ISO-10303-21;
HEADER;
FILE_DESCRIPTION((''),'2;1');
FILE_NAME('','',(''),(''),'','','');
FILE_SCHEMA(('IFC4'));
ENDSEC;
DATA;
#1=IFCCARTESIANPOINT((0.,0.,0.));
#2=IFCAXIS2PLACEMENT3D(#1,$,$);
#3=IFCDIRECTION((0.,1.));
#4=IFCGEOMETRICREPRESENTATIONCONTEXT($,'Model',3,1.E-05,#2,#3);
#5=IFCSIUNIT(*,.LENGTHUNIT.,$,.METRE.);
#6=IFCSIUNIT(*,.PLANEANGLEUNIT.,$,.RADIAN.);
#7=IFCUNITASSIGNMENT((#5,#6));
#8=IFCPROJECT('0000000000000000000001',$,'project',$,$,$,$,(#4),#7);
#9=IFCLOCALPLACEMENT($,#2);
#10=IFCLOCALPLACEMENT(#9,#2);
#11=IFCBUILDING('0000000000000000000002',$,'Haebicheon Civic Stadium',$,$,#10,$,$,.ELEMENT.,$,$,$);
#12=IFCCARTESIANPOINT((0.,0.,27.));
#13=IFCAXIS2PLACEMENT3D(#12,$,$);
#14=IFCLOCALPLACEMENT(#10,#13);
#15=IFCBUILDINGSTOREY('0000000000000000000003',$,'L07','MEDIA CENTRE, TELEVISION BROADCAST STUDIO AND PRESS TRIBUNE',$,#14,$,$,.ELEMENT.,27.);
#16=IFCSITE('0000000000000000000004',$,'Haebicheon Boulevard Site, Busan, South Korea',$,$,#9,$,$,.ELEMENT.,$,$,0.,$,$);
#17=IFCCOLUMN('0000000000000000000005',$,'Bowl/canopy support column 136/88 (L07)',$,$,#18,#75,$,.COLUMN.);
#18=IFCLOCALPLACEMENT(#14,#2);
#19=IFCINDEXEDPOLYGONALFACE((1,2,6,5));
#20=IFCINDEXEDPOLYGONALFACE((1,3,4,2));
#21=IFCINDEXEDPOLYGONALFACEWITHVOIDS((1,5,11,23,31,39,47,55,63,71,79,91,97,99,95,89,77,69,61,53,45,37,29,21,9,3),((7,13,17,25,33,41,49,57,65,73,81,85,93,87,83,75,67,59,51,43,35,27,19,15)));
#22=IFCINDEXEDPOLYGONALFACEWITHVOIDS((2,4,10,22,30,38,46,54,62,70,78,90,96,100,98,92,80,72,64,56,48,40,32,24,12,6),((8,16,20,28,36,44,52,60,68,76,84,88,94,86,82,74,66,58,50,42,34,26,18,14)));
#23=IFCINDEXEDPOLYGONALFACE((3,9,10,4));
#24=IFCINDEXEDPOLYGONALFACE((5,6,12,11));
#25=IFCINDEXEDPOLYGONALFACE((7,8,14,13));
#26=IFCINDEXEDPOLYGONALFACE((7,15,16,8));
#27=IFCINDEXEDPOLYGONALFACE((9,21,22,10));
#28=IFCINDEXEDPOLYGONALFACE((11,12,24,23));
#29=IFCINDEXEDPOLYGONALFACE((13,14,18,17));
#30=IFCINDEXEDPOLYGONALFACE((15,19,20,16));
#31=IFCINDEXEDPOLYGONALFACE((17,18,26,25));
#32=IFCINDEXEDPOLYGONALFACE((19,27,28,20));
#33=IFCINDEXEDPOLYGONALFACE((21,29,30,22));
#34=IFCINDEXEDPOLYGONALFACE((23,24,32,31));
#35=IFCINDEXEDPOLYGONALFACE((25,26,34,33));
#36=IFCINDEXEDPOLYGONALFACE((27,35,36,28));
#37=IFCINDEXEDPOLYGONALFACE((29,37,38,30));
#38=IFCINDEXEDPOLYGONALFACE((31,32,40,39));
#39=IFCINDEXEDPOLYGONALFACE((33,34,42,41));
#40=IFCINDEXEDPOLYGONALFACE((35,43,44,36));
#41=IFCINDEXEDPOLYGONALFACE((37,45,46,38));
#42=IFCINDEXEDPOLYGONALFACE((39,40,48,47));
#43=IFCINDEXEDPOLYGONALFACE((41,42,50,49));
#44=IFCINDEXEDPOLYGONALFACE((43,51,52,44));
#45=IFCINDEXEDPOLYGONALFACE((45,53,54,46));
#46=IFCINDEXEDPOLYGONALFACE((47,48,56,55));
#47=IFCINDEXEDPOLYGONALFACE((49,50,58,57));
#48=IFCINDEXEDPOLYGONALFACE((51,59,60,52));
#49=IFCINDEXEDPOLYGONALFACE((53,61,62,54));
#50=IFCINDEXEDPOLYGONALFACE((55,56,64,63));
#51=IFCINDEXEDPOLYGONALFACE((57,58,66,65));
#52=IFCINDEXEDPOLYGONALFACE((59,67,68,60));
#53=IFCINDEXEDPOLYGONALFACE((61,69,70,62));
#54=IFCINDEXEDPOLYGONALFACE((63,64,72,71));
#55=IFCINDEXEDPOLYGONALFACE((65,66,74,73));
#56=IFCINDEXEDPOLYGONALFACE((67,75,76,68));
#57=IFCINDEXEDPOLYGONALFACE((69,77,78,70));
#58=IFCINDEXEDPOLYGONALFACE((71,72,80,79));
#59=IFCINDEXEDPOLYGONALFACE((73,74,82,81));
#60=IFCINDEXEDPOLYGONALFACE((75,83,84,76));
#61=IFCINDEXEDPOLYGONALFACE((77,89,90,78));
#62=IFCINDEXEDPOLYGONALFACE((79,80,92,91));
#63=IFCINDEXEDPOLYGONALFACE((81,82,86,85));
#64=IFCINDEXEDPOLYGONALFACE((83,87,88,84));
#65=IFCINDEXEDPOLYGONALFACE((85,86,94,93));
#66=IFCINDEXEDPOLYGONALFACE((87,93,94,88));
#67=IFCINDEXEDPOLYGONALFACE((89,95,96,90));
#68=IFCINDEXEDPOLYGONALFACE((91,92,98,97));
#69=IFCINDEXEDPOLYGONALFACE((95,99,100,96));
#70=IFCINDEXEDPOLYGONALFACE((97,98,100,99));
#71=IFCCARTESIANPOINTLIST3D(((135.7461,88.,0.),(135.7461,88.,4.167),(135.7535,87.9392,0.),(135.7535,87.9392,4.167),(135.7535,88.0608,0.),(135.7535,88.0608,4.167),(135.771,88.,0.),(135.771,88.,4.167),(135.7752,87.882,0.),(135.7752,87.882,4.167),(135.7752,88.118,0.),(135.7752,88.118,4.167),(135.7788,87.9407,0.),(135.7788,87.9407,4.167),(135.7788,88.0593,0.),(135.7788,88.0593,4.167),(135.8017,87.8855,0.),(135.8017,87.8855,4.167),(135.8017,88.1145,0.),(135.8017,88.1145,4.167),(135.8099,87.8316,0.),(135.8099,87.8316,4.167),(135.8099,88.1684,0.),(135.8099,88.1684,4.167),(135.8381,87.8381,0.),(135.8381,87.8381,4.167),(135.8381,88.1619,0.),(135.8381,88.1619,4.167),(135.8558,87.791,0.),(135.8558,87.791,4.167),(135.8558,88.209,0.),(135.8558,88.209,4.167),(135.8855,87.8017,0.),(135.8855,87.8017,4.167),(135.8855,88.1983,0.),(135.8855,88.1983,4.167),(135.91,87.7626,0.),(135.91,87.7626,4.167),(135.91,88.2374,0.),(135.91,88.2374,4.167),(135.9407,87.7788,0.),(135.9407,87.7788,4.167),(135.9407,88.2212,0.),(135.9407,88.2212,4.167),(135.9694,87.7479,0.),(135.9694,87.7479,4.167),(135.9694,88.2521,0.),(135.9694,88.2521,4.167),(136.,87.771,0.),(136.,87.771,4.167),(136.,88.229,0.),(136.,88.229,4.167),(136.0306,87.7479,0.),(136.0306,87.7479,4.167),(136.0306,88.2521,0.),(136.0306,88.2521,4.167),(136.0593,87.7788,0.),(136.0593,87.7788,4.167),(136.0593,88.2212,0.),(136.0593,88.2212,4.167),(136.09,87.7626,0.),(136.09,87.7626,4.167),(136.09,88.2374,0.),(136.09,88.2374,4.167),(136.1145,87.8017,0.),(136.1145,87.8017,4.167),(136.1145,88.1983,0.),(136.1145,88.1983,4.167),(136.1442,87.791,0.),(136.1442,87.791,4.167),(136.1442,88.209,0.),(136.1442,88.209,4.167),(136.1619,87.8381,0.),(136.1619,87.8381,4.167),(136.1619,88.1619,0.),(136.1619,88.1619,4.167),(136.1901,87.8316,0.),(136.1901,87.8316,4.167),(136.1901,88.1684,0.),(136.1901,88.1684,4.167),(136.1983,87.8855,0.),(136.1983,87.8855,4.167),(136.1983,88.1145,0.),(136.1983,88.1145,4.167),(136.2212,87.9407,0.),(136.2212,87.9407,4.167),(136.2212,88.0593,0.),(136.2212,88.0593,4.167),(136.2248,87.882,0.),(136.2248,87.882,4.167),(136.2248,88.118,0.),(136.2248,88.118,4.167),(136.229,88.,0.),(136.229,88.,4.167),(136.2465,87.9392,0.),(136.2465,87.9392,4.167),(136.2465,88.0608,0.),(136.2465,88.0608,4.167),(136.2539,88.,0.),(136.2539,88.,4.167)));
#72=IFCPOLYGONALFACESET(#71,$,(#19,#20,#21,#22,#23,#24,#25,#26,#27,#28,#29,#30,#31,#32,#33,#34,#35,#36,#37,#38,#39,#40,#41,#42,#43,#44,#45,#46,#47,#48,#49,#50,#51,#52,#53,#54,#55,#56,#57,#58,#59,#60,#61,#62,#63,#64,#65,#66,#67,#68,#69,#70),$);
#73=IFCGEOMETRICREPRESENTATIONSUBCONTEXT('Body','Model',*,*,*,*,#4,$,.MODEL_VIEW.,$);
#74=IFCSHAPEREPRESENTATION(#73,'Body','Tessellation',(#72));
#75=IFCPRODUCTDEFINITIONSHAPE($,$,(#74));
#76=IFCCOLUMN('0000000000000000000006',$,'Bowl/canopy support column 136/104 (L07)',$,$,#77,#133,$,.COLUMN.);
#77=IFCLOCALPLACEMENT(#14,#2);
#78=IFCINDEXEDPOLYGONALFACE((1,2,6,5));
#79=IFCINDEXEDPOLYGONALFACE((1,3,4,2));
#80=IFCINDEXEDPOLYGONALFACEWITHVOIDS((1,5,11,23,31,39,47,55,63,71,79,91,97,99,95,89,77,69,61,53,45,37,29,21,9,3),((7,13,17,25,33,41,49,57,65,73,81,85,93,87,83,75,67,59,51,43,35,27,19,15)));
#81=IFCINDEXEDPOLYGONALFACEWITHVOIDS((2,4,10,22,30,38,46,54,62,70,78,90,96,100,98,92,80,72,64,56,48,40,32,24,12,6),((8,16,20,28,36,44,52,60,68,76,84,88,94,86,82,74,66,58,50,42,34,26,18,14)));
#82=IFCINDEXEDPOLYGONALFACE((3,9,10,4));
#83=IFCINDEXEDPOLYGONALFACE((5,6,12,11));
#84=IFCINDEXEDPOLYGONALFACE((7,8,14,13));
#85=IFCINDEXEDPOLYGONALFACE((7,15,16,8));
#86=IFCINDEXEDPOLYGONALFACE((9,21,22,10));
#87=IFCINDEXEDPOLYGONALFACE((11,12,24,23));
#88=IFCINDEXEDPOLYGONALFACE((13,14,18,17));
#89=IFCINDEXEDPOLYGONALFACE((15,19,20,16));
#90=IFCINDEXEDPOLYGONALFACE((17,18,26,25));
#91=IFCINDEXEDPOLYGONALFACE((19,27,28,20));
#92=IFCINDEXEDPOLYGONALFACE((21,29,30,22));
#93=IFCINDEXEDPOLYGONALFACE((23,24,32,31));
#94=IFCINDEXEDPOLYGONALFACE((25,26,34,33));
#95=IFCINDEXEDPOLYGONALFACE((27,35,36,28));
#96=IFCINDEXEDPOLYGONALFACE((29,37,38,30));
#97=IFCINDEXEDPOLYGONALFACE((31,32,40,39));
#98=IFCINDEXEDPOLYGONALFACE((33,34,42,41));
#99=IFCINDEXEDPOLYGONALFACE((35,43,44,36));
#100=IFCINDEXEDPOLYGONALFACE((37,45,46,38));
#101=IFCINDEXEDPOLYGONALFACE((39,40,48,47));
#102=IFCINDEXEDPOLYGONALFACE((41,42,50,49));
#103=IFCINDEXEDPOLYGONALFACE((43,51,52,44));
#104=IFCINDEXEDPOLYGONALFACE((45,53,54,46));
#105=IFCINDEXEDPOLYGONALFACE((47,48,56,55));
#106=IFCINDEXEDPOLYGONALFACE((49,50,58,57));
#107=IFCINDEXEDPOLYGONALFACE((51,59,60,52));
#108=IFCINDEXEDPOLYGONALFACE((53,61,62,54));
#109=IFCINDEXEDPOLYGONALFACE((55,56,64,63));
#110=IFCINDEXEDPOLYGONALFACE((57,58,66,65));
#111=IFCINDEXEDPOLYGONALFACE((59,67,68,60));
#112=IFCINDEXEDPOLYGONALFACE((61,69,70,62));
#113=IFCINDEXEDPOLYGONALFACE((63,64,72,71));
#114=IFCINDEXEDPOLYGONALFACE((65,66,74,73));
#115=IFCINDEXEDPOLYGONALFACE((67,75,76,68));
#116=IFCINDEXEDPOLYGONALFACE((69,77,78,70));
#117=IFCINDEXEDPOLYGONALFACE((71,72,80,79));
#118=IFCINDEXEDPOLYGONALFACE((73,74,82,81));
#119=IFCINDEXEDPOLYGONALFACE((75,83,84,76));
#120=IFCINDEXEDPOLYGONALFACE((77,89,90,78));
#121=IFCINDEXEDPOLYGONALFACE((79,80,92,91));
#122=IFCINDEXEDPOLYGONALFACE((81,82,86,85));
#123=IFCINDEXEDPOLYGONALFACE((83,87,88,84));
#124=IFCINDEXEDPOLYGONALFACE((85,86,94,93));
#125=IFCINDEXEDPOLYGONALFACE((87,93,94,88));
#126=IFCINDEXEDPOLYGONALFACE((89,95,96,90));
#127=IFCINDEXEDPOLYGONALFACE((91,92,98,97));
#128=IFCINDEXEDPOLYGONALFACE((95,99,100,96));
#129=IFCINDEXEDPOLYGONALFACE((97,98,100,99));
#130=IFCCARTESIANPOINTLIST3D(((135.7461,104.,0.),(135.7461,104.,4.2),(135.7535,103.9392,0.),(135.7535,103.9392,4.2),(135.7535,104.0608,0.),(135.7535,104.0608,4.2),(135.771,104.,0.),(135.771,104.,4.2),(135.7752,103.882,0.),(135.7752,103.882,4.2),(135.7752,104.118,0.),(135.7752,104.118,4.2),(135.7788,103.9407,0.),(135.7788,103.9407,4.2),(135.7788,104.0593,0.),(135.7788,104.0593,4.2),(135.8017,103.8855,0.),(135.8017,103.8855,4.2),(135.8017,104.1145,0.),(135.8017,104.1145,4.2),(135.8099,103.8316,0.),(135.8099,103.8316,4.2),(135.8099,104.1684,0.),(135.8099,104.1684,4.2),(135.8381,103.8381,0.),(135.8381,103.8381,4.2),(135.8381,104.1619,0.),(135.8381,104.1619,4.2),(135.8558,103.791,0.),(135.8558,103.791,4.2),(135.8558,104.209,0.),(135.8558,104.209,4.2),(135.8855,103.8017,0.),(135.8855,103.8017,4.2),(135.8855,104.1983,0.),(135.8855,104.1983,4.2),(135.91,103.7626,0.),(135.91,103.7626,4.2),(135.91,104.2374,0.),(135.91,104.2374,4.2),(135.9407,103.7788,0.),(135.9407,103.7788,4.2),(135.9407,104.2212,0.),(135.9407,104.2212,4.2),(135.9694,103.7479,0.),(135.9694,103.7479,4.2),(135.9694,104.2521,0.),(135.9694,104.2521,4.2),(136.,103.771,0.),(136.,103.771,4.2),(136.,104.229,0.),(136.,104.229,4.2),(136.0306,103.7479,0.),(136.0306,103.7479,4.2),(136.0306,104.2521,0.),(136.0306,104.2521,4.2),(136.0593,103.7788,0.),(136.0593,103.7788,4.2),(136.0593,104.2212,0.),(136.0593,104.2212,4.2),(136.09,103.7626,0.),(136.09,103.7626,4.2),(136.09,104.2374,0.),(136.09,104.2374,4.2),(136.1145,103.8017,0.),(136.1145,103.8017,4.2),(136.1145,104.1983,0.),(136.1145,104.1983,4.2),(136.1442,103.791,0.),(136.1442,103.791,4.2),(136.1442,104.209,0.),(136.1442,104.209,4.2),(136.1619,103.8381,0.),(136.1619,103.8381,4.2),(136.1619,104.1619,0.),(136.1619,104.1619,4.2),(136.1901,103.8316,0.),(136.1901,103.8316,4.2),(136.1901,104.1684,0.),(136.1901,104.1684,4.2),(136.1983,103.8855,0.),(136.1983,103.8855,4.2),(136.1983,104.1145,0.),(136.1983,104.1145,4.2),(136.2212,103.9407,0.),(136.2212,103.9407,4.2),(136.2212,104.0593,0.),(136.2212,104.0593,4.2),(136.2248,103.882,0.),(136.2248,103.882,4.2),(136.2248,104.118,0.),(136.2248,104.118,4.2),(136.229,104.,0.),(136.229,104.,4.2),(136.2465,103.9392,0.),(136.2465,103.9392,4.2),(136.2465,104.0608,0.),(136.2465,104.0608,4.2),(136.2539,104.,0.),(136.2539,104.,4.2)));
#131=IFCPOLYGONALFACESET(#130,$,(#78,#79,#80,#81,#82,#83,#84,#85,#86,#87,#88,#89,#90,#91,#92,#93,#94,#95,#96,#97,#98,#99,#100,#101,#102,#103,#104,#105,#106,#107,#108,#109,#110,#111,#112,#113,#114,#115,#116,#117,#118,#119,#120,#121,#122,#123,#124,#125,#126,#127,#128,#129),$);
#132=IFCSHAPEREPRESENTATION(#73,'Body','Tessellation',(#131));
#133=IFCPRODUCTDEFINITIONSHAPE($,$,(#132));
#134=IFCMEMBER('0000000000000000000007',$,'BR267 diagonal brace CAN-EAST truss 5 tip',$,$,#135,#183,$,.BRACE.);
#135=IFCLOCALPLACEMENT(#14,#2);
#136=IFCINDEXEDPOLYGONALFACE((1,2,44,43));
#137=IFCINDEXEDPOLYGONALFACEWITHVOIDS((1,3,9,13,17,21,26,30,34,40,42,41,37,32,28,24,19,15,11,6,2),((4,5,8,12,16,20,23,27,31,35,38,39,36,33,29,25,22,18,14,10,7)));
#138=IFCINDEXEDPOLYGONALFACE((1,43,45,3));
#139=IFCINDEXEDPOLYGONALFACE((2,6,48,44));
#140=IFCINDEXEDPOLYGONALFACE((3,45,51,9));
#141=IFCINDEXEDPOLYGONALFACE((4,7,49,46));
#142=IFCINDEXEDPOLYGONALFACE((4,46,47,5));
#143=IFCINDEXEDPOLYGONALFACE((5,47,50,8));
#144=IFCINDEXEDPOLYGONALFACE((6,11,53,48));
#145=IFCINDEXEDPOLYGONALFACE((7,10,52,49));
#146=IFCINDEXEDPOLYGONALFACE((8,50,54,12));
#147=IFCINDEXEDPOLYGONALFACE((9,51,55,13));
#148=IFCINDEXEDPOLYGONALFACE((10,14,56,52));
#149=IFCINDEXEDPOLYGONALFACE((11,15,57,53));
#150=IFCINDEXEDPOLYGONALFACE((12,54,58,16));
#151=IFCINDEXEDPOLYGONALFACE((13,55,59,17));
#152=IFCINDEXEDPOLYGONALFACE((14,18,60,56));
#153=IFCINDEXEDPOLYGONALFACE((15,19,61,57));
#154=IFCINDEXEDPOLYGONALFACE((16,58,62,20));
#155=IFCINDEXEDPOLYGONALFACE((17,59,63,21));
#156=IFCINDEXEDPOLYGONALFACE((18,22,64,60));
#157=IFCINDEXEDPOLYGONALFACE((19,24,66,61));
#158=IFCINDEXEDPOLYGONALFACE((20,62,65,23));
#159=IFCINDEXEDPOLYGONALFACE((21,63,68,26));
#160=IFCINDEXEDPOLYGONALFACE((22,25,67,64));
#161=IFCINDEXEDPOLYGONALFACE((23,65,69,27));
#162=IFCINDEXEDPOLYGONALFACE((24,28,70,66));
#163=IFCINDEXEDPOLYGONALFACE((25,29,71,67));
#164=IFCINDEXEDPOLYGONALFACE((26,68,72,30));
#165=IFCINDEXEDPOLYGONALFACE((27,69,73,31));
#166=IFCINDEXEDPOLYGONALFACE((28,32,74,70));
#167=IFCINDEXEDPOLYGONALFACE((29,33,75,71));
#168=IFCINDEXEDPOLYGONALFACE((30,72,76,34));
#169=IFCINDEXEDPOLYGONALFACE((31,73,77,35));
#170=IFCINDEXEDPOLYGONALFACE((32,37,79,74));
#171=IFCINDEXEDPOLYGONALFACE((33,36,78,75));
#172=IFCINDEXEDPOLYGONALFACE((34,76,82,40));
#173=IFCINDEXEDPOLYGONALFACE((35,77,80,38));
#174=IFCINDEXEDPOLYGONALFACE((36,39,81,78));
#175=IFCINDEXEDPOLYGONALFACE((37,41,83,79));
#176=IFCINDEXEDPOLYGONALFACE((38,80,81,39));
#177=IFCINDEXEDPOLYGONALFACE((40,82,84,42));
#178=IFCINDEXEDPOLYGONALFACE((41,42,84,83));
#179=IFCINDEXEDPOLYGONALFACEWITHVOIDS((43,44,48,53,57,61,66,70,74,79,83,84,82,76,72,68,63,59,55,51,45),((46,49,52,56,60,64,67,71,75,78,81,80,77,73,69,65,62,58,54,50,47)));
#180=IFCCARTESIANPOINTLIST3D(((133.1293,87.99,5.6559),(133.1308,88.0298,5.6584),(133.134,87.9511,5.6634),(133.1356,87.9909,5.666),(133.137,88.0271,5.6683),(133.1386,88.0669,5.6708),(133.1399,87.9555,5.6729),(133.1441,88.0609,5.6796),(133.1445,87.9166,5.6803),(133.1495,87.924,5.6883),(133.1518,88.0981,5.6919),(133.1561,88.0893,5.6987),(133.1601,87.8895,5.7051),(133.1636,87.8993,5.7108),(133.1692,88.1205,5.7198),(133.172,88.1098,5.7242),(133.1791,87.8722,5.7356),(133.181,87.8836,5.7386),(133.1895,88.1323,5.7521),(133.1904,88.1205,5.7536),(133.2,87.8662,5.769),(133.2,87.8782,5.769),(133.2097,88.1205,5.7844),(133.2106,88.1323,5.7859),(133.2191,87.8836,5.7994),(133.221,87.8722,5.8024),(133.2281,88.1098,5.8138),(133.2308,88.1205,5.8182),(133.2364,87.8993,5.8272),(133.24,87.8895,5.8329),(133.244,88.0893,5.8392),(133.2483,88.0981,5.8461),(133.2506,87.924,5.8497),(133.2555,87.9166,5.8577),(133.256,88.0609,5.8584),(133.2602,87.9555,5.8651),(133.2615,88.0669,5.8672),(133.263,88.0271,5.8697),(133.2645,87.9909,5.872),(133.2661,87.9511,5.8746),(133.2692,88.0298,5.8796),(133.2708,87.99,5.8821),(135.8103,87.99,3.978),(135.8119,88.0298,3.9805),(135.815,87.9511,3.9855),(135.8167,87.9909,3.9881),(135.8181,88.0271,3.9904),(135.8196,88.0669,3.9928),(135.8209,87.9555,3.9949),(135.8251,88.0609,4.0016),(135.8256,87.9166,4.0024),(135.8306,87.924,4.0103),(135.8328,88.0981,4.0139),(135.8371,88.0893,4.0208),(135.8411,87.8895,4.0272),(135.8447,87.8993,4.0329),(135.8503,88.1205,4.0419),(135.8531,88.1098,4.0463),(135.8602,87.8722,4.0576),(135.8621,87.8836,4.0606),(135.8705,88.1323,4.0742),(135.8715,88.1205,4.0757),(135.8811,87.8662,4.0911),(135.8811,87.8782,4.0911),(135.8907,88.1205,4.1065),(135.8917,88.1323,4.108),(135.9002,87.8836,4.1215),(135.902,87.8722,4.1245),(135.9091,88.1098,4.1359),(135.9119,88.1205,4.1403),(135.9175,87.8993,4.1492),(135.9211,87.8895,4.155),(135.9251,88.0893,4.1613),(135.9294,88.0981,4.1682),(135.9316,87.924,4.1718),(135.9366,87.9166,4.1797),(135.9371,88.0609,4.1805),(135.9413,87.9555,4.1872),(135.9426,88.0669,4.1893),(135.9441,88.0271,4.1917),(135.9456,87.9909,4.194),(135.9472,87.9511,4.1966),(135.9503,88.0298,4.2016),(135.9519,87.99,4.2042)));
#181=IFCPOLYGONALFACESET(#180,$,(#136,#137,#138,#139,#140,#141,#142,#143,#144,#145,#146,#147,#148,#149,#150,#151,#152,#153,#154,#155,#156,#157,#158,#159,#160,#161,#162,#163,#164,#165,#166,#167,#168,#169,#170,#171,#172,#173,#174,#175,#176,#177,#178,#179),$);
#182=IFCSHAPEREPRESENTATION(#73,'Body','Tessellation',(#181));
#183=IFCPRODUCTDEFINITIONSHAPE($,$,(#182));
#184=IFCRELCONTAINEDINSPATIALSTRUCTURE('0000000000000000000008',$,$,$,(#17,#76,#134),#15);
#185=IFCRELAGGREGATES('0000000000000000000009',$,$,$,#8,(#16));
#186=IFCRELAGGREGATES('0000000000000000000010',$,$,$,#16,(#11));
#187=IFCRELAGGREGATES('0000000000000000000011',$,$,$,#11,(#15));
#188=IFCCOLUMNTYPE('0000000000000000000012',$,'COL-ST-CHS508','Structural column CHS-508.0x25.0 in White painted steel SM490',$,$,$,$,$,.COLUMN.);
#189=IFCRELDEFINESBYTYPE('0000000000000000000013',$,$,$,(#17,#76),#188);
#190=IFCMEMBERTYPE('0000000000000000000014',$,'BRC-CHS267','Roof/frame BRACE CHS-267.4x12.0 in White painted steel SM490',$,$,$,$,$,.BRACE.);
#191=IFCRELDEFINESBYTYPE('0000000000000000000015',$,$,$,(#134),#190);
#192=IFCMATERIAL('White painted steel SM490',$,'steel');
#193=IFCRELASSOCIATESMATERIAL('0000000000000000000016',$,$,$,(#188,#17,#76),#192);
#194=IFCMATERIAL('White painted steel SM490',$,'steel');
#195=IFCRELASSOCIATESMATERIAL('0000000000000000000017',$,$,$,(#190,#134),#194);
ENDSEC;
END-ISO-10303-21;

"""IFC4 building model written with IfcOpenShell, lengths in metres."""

from ifc_helpers import new_model, si_unit, direction, frame, origin, origin_2d, place, context, subcontext, project, spatial, hollow_circle, extrude, material, material_profile, profile_set, type_object, element, save


model = new_model("IFC4")

# Units and contexts
model_context = context("Model", 3, precision=1e-05, world=origin(), true_north=direction((0.0, 1.0)))
body_context = subcontext(model_context, "Body", "Model", "MODEL_VIEW")
ifc_project = project(units=[si_unit("LENGTHUNIT", "METRE"), si_unit("PLANEANGLEUNIT", "RADIAN")], contexts=[model_context])

# Site, building, storey
site_placement = place(None, origin())
site = spatial("IfcSite", under=ifc_project, at=site_placement, Name="Haebicheon Boulevard Site, Busan, South Korea", CompositionType="ELEMENT", RefElevation=0.0)
building_placement = place(site_placement, origin())
building = spatial("IfcBuilding", under=site, at=building_placement, Name="Haebicheon Civic Stadium", CompositionType="ELEMENT")
storey_placement = place(building_placement, frame((0.0, 0.0, 27.0)))
storey = spatial("IfcBuildingStorey", under=building, at=storey_placement, Name="L07", Description="MEDIA CENTRE, TELEVISION BROADCAST STUDIO AND PRESS TRIBUNE", CompositionType="ELEMENT", Elevation=27.0)

# Columns
ifc_material_1 = material(Name="White painted steel SM490", Category="steel")
ifc_material_profile_1 = material_profile(ifc_material_1, hollow_circle(Radius=0.2539, WallThickness=0.0249, at=origin_2d()), Name="CHS-508.0x25.0")
ifc_profile_set_1 = profile_set([ifc_material_profile_1], Name="White painted steel SM490")
column_type = type_object("IfcColumnType", Name="COL-ST-CHS508", Description="Structural column CHS-508.0x25.0 in White painted steel SM490", PredefinedType="COLUMN", material=ifc_profile_set_1)
column_1_placement = place(storey_placement, frame((136.0, 88.0, 0.0), z_axis=(0.0, 0.0, 1.0), x_axis=(1.0, 0.0, 0.0)))
element("IfcColumn", 1, at=column_1_placement, inside=storey, type_object=column_type, material=ifc_profile_set_1, Name="Bowl/canopy support column 136/88 (L07)", PredefinedType="COLUMN", context=body_context, shape_type="SweptSolid", body=[
    extrude(hollow_circle(Radius=0.2539, WallThickness=0.0249, at=origin_2d()), origin(), (0.0, 0.0, 1.0), 4.167),
])
column_2_placement = place(storey_placement, frame((136.0, 104.0, 0.0), z_axis=(0.0, 0.0, 1.0), x_axis=(1.0, 0.0, 0.0)))
element("IfcColumn", 2, at=column_2_placement, inside=storey, type_object=column_type, material=ifc_profile_set_1, Name="Bowl/canopy support column 136/104 (L07)", PredefinedType="COLUMN", context=body_context, shape_type="SweptSolid", body=[
    extrude(hollow_circle(Radius=0.2539, WallThickness=0.0249, at=origin_2d()), origin(), (0.0, 0.0, 1.0), 4.2),
])

# Member
ifc_material_2 = material(Name="White painted steel SM490", Category="steel")
ifc_material_profile_2 = material_profile(ifc_material_2, hollow_circle(Radius=0.1338, WallThickness=0.012, at=origin_2d()), Name="CHS-267.4x12.0")
ifc_profile_set_2 = profile_set([ifc_material_profile_2], Name="White painted steel SM490")
member_type_1 = type_object("IfcMemberType", Name="BRC-CHS267", Description="Roof/frame BRACE CHS-267.4x12.0 in White painted steel SM490", PredefinedType="BRACE", material=ifc_profile_set_2)
member_1_placement = place(storey_placement, frame((135.8811, 88.0, 4.0911), z_axis=(-0.847677, 0.0, 0.530512), x_axis=(0.0, -1.0, 0.0)))
element("IfcMember", 3, at=member_1_placement, inside=storey, type_object=member_type_1, material=ifc_profile_set_2, Name="BR267 diagonal brace CAN-EAST truss 5 tip", PredefinedType="BRACE", context=body_context, shape_type="SweptSolid", body=[
    extrude(hollow_circle(Radius=0.1338, WallThickness=0.012, at=origin_2d()), origin(), (0.0, 0.0, 1.0), 3.1628),
])

save(model, "model.ifc")
